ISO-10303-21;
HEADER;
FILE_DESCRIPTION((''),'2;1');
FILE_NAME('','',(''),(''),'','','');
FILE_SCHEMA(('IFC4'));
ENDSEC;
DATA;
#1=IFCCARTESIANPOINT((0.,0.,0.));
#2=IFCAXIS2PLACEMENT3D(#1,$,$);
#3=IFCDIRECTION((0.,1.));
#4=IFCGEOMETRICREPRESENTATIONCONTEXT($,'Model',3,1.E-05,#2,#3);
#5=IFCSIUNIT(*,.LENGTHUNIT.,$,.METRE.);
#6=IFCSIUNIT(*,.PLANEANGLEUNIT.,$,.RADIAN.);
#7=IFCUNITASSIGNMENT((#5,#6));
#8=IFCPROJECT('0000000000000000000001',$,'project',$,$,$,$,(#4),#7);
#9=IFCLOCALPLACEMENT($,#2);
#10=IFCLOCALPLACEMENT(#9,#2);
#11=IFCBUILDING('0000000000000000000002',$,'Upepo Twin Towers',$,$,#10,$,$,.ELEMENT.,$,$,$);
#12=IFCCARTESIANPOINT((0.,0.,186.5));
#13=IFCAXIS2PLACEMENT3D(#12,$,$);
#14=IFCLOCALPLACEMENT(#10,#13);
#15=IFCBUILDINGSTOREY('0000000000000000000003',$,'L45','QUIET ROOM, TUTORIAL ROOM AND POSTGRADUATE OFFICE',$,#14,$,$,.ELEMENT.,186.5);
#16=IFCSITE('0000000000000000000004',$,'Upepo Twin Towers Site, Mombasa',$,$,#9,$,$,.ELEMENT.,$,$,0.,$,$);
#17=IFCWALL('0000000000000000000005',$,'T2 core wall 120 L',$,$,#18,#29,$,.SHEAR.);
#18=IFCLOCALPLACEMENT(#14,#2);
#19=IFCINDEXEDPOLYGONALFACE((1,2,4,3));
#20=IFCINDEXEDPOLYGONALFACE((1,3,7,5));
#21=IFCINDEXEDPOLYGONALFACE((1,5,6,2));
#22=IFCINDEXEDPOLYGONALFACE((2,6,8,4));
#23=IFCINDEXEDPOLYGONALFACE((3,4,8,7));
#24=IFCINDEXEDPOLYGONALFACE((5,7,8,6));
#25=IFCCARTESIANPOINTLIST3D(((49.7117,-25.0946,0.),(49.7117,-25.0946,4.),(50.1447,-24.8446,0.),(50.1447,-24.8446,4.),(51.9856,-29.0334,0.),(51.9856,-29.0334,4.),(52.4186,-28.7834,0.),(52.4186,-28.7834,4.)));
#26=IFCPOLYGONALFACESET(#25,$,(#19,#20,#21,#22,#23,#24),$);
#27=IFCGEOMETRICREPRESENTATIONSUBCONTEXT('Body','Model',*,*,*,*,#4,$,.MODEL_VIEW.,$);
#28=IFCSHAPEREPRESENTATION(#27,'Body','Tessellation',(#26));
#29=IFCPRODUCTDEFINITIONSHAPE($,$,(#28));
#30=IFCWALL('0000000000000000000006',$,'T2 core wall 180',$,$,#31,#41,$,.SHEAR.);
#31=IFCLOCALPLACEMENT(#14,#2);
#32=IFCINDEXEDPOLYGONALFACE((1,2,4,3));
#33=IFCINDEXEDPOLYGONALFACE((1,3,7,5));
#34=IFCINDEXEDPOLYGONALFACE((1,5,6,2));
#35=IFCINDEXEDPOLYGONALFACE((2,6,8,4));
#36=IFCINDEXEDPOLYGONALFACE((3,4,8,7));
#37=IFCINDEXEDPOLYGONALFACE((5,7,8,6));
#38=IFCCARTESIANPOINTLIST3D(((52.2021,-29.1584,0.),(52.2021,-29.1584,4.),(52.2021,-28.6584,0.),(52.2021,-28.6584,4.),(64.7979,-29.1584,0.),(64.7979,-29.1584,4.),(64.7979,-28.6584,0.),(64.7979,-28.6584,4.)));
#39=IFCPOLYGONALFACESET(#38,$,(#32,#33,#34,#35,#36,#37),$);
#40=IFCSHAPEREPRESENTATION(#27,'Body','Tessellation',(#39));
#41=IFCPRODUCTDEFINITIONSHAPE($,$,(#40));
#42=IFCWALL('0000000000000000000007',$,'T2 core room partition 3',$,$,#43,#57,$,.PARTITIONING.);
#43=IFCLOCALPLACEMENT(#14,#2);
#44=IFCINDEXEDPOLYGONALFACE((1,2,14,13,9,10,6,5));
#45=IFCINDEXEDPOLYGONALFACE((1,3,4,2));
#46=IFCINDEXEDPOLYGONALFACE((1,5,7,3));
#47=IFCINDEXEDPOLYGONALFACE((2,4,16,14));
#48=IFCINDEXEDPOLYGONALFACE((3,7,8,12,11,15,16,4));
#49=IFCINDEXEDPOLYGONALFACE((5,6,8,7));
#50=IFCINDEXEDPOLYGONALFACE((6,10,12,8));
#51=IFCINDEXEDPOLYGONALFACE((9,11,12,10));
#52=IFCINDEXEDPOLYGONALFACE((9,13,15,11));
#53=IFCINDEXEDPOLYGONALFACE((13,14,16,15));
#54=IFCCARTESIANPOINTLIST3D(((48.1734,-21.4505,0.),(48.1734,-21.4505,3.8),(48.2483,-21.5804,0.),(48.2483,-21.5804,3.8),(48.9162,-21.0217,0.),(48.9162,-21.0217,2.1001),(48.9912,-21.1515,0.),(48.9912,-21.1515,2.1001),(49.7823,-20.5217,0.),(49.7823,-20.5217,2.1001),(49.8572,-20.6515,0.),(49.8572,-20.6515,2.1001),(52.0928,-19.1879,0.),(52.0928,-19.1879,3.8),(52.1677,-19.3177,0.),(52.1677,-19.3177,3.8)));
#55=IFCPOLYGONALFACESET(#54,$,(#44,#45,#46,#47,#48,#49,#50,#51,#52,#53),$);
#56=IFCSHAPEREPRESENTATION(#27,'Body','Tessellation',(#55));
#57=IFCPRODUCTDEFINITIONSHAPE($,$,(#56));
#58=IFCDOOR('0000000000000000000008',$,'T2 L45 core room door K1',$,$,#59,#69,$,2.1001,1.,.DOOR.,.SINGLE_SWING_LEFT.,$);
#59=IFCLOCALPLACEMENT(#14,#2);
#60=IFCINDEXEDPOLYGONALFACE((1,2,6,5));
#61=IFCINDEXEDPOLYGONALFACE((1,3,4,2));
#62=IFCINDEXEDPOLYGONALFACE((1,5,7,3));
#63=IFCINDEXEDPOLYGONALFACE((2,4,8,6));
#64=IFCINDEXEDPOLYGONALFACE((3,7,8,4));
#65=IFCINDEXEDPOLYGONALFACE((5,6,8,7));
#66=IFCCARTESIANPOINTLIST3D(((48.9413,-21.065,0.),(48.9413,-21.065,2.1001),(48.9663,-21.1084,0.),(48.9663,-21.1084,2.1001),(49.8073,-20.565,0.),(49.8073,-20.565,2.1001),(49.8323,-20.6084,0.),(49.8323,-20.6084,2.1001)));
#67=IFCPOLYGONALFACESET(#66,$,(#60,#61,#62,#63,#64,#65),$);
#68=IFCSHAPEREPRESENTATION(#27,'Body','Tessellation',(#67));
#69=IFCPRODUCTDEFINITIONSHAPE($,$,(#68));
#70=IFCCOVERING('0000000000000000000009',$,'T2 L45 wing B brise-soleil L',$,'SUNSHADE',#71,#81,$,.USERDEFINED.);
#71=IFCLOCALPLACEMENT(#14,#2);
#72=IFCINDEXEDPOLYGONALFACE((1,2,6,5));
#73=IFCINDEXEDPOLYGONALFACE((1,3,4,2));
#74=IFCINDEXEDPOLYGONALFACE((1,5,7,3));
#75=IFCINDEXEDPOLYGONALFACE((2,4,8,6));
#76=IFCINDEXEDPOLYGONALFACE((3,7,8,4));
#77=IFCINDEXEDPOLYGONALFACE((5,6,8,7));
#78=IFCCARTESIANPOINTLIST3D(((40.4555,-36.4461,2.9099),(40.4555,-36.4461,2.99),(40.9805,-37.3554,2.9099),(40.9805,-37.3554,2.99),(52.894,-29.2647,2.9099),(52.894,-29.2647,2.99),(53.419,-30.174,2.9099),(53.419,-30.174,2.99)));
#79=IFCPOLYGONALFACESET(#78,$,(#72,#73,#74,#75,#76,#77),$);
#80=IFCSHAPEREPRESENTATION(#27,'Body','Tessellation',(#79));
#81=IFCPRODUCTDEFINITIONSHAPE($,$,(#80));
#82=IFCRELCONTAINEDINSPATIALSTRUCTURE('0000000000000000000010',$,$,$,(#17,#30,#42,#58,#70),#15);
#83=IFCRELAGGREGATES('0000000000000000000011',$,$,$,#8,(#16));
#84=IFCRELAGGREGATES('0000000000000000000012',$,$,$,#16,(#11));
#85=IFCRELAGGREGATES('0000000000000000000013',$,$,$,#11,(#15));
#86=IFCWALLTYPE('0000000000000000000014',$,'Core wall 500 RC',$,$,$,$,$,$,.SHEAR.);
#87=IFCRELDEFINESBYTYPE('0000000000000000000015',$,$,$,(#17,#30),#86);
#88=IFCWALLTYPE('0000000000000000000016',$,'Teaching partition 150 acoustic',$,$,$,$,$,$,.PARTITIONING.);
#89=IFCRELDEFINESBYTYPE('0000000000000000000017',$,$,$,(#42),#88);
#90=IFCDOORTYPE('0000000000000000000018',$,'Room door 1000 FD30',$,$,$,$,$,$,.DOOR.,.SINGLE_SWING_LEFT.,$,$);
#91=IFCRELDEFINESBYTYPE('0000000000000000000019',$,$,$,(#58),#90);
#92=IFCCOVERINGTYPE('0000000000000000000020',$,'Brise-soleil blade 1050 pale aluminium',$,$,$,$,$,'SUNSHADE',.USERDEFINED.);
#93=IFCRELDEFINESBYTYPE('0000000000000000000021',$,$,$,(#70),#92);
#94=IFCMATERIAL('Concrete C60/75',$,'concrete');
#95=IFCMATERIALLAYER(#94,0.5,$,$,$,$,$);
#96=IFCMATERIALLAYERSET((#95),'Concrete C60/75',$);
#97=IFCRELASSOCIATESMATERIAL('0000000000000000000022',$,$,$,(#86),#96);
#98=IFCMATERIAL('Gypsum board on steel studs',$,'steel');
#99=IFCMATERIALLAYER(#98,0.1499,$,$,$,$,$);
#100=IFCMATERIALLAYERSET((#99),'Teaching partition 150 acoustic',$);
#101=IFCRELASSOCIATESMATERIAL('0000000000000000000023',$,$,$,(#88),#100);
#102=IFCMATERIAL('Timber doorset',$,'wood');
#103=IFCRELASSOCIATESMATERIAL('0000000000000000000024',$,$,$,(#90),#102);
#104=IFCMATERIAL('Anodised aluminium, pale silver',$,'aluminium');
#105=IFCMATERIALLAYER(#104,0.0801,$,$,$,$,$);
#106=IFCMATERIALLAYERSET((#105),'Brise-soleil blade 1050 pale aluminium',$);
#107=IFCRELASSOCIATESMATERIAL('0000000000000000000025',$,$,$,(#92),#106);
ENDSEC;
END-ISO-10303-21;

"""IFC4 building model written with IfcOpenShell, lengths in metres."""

from ifc_helpers import new_model, si_unit, direction, frame, frame_2d, origin, origin_2d, place, context, subcontext, project, spatial, rectangle, extrude, material, layer, layer_set, type_object, element, fill, save


model = new_model("IFC4")

# Units and contexts
model_context = context("Model", 3, precision=1e-05, world=origin(), true_north=direction((0.0, 1.0)))
body_context = subcontext(model_context, "Body", "Model", "MODEL_VIEW")
ifc_project = project(units=[si_unit("LENGTHUNIT", "METRE"), si_unit("PLANEANGLEUNIT", "RADIAN")], contexts=[model_context])

# Site, building, storey
site_placement = place(None, origin())
site = spatial("IfcSite", under=ifc_project, at=site_placement, Name="Upepo Twin Towers Site, Mombasa", CompositionType="ELEMENT", RefElevation=0.0)
building_placement = place(site_placement, origin())
building = spatial("IfcBuilding", under=site, at=building_placement, Name="Upepo Twin Towers", CompositionType="ELEMENT")
storey_placement = place(building_placement, frame((0.0, 0.0, 186.5)))
storey = spatial("IfcBuildingStorey", under=building, at=storey_placement, Name="L45", Description="QUIET ROOM, TUTORIAL ROOM AND POSTGRADUATE OFFICE", CompositionType="ELEMENT", Elevation=186.5)

# Shared definitions
ifc_material_1 = material(Name="Concrete C60/75", Category="concrete")
ifc_layer_1 = layer(ifc_material_1, 0.5)
ifc_layer_set_1 = layer_set([ifc_layer_1], Name="Concrete C60/75")
wall_type_1 = type_object("IfcWallType", Name="Core wall 500 RC", PredefinedType="SHEAR", material=ifc_layer_set_1)

# Walls
wall_1_placement = place(storey_placement, frame((49.9282, -24.9697, 0.0), z_axis=(0.0, 0.0, 1.0), x_axis=(0.499984, -0.866035, 0.0)))
element("IfcWall", 1, at=wall_1_placement, inside=storey, type_object=wall_type_1, Name="T2 core wall 120 L", PredefinedType="SHEAR", context=body_context, shape_type="SweptSolid", body=[
    extrude(rectangle(XDim=4.5481, YDim=0.5, at=frame_2d((2.2739, 0.0))), origin(), (0.0, 0.0, 1.0), 4.0),
])
wall_2_placement = place(storey_placement, frame((52.2021, -28.9084, 0.0), z_axis=(0.0, 0.0, 1.0), x_axis=(1.0, 0.0, 0.0)))
element("IfcWall", 2, at=wall_2_placement, inside=storey, type_object=wall_type_1, Name="T2 core wall 180", PredefinedType="SHEAR", context=body_context, shape_type="SweptSolid", body=[
    extrude(rectangle(XDim=12.5957, YDim=0.5, at=frame_2d((6.2979, 0.0))), origin(), (0.0, 0.0, 1.0), 4.0),
])

# Wall, opening, door
ifc_material_2 = material(Name="Gypsum board on steel studs", Category="steel")
ifc_layer_2 = layer(ifc_material_2, 0.1499)
ifc_layer_set_2 = layer_set([ifc_layer_2], Name="Teaching partition 150 acoustic")
wall_type_2 = type_object("IfcWallType", Name="Teaching partition 150 acoustic", PredefinedType="PARTITIONING", material=ifc_layer_set_2)
wall_3_placement = place(storey_placement, frame((48.2109, -21.5154, 0.0), z_axis=(0.0, 0.0, 1.0), x_axis=(0.866044, 0.499968, 0.0)))
wall_3 = element("IfcWall", 3, at=wall_3_placement, inside=storey, type_object=wall_type_2, Name="T2 core room partition 3", PredefinedType="PARTITIONING", context=body_context, shape_type="SweptSolid", body=[
    extrude(rectangle(XDim=4.5256, YDim=0.1499, at=frame_2d((2.2627, 0.0))), origin(), (0.0, 0.0, 1.0), 3.8),
])
opening_1_placement = place(wall_3_placement, frame((0.8577, 0.0, 0.0)))
opening_1 = element("IfcOpeningElement", 4, at=opening_1_placement, cuts=wall_3, PredefinedType="OPENING", context=body_context, shape_type="SweptSolid", body=[
    extrude(rectangle(XDim=1.0, YDim=2.1001, at=frame_2d((0.5, 1.05))), frame((0.0, 0.085, 0.0), z_axis=(0.0, -1.0, 0.0), x_axis=(1.0, 0.0, 0.0)), (0.0, 0.0, 1.0), 0.1699),
])
ifc_material_3 = material(Name="Timber doorset", Category="wood")
door_type_1 = type_object("IfcDoorType", Name="Room door 1000 FD30", OperationType="SINGLE_SWING_LEFT", PredefinedType="DOOR", material=ifc_material_3)
door_1_placement = place(opening_1_placement, origin())
door_1 = element("IfcDoor", 5, at=door_1_placement, inside=storey, type_object=door_type_1, Name="T2 L45 core room door K1", OperationType="SINGLE_SWING_LEFT", OverallHeight=2.1001, OverallWidth=1.0, PredefinedType="DOOR", context=body_context, shape_type="SweptSolid", body=[
    extrude(rectangle(XDim=1.0, YDim=2.1001, at=frame_2d((0.5, 1.05))), frame((0.0, 0.0249, 0.0), z_axis=(0.0, -1.0, 0.0), x_axis=(1.0, 0.0, 0.0)), (0.0, 0.0, 1.0), 0.05),
])
fill(opening_1, door_1)

# Covering
ifc_material_4 = material(Name="Anodised aluminium, pale silver", Category="aluminium")
ifc_layer_3 = layer(ifc_material_4, 0.0801)
ifc_layer_set_3 = layer_set([ifc_layer_3], Name="Brise-soleil blade 1050 pale aluminium")
covering_type = type_object("IfcCoveringType", Name="Brise-soleil blade 1050 pale aluminium", ElementType="SUNSHADE", PredefinedType="USERDEFINED", material=ifc_layer_set_3)
covering_placement = place(storey_placement, frame((46.9373, -33.3101, 2.9099), z_axis=(0.0, 0.0, 1.0), x_axis=(-0.866025, -0.5, 0.0)))
element("IfcCovering", 6, at=covering_placement, inside=storey, type_object=covering_type, Name="T2 L45 wing B brise-soleil L", ObjectType="SUNSHADE", PredefinedType="USERDEFINED", context=body_context, shape_type="SweptSolid", body=[
    extrude(rectangle(XDim=14.3628, YDim=1.05, at=origin_2d()), origin(), (0.0, 0.0, 1.0), 0.0801),
])

save(model, "model.ifc")
